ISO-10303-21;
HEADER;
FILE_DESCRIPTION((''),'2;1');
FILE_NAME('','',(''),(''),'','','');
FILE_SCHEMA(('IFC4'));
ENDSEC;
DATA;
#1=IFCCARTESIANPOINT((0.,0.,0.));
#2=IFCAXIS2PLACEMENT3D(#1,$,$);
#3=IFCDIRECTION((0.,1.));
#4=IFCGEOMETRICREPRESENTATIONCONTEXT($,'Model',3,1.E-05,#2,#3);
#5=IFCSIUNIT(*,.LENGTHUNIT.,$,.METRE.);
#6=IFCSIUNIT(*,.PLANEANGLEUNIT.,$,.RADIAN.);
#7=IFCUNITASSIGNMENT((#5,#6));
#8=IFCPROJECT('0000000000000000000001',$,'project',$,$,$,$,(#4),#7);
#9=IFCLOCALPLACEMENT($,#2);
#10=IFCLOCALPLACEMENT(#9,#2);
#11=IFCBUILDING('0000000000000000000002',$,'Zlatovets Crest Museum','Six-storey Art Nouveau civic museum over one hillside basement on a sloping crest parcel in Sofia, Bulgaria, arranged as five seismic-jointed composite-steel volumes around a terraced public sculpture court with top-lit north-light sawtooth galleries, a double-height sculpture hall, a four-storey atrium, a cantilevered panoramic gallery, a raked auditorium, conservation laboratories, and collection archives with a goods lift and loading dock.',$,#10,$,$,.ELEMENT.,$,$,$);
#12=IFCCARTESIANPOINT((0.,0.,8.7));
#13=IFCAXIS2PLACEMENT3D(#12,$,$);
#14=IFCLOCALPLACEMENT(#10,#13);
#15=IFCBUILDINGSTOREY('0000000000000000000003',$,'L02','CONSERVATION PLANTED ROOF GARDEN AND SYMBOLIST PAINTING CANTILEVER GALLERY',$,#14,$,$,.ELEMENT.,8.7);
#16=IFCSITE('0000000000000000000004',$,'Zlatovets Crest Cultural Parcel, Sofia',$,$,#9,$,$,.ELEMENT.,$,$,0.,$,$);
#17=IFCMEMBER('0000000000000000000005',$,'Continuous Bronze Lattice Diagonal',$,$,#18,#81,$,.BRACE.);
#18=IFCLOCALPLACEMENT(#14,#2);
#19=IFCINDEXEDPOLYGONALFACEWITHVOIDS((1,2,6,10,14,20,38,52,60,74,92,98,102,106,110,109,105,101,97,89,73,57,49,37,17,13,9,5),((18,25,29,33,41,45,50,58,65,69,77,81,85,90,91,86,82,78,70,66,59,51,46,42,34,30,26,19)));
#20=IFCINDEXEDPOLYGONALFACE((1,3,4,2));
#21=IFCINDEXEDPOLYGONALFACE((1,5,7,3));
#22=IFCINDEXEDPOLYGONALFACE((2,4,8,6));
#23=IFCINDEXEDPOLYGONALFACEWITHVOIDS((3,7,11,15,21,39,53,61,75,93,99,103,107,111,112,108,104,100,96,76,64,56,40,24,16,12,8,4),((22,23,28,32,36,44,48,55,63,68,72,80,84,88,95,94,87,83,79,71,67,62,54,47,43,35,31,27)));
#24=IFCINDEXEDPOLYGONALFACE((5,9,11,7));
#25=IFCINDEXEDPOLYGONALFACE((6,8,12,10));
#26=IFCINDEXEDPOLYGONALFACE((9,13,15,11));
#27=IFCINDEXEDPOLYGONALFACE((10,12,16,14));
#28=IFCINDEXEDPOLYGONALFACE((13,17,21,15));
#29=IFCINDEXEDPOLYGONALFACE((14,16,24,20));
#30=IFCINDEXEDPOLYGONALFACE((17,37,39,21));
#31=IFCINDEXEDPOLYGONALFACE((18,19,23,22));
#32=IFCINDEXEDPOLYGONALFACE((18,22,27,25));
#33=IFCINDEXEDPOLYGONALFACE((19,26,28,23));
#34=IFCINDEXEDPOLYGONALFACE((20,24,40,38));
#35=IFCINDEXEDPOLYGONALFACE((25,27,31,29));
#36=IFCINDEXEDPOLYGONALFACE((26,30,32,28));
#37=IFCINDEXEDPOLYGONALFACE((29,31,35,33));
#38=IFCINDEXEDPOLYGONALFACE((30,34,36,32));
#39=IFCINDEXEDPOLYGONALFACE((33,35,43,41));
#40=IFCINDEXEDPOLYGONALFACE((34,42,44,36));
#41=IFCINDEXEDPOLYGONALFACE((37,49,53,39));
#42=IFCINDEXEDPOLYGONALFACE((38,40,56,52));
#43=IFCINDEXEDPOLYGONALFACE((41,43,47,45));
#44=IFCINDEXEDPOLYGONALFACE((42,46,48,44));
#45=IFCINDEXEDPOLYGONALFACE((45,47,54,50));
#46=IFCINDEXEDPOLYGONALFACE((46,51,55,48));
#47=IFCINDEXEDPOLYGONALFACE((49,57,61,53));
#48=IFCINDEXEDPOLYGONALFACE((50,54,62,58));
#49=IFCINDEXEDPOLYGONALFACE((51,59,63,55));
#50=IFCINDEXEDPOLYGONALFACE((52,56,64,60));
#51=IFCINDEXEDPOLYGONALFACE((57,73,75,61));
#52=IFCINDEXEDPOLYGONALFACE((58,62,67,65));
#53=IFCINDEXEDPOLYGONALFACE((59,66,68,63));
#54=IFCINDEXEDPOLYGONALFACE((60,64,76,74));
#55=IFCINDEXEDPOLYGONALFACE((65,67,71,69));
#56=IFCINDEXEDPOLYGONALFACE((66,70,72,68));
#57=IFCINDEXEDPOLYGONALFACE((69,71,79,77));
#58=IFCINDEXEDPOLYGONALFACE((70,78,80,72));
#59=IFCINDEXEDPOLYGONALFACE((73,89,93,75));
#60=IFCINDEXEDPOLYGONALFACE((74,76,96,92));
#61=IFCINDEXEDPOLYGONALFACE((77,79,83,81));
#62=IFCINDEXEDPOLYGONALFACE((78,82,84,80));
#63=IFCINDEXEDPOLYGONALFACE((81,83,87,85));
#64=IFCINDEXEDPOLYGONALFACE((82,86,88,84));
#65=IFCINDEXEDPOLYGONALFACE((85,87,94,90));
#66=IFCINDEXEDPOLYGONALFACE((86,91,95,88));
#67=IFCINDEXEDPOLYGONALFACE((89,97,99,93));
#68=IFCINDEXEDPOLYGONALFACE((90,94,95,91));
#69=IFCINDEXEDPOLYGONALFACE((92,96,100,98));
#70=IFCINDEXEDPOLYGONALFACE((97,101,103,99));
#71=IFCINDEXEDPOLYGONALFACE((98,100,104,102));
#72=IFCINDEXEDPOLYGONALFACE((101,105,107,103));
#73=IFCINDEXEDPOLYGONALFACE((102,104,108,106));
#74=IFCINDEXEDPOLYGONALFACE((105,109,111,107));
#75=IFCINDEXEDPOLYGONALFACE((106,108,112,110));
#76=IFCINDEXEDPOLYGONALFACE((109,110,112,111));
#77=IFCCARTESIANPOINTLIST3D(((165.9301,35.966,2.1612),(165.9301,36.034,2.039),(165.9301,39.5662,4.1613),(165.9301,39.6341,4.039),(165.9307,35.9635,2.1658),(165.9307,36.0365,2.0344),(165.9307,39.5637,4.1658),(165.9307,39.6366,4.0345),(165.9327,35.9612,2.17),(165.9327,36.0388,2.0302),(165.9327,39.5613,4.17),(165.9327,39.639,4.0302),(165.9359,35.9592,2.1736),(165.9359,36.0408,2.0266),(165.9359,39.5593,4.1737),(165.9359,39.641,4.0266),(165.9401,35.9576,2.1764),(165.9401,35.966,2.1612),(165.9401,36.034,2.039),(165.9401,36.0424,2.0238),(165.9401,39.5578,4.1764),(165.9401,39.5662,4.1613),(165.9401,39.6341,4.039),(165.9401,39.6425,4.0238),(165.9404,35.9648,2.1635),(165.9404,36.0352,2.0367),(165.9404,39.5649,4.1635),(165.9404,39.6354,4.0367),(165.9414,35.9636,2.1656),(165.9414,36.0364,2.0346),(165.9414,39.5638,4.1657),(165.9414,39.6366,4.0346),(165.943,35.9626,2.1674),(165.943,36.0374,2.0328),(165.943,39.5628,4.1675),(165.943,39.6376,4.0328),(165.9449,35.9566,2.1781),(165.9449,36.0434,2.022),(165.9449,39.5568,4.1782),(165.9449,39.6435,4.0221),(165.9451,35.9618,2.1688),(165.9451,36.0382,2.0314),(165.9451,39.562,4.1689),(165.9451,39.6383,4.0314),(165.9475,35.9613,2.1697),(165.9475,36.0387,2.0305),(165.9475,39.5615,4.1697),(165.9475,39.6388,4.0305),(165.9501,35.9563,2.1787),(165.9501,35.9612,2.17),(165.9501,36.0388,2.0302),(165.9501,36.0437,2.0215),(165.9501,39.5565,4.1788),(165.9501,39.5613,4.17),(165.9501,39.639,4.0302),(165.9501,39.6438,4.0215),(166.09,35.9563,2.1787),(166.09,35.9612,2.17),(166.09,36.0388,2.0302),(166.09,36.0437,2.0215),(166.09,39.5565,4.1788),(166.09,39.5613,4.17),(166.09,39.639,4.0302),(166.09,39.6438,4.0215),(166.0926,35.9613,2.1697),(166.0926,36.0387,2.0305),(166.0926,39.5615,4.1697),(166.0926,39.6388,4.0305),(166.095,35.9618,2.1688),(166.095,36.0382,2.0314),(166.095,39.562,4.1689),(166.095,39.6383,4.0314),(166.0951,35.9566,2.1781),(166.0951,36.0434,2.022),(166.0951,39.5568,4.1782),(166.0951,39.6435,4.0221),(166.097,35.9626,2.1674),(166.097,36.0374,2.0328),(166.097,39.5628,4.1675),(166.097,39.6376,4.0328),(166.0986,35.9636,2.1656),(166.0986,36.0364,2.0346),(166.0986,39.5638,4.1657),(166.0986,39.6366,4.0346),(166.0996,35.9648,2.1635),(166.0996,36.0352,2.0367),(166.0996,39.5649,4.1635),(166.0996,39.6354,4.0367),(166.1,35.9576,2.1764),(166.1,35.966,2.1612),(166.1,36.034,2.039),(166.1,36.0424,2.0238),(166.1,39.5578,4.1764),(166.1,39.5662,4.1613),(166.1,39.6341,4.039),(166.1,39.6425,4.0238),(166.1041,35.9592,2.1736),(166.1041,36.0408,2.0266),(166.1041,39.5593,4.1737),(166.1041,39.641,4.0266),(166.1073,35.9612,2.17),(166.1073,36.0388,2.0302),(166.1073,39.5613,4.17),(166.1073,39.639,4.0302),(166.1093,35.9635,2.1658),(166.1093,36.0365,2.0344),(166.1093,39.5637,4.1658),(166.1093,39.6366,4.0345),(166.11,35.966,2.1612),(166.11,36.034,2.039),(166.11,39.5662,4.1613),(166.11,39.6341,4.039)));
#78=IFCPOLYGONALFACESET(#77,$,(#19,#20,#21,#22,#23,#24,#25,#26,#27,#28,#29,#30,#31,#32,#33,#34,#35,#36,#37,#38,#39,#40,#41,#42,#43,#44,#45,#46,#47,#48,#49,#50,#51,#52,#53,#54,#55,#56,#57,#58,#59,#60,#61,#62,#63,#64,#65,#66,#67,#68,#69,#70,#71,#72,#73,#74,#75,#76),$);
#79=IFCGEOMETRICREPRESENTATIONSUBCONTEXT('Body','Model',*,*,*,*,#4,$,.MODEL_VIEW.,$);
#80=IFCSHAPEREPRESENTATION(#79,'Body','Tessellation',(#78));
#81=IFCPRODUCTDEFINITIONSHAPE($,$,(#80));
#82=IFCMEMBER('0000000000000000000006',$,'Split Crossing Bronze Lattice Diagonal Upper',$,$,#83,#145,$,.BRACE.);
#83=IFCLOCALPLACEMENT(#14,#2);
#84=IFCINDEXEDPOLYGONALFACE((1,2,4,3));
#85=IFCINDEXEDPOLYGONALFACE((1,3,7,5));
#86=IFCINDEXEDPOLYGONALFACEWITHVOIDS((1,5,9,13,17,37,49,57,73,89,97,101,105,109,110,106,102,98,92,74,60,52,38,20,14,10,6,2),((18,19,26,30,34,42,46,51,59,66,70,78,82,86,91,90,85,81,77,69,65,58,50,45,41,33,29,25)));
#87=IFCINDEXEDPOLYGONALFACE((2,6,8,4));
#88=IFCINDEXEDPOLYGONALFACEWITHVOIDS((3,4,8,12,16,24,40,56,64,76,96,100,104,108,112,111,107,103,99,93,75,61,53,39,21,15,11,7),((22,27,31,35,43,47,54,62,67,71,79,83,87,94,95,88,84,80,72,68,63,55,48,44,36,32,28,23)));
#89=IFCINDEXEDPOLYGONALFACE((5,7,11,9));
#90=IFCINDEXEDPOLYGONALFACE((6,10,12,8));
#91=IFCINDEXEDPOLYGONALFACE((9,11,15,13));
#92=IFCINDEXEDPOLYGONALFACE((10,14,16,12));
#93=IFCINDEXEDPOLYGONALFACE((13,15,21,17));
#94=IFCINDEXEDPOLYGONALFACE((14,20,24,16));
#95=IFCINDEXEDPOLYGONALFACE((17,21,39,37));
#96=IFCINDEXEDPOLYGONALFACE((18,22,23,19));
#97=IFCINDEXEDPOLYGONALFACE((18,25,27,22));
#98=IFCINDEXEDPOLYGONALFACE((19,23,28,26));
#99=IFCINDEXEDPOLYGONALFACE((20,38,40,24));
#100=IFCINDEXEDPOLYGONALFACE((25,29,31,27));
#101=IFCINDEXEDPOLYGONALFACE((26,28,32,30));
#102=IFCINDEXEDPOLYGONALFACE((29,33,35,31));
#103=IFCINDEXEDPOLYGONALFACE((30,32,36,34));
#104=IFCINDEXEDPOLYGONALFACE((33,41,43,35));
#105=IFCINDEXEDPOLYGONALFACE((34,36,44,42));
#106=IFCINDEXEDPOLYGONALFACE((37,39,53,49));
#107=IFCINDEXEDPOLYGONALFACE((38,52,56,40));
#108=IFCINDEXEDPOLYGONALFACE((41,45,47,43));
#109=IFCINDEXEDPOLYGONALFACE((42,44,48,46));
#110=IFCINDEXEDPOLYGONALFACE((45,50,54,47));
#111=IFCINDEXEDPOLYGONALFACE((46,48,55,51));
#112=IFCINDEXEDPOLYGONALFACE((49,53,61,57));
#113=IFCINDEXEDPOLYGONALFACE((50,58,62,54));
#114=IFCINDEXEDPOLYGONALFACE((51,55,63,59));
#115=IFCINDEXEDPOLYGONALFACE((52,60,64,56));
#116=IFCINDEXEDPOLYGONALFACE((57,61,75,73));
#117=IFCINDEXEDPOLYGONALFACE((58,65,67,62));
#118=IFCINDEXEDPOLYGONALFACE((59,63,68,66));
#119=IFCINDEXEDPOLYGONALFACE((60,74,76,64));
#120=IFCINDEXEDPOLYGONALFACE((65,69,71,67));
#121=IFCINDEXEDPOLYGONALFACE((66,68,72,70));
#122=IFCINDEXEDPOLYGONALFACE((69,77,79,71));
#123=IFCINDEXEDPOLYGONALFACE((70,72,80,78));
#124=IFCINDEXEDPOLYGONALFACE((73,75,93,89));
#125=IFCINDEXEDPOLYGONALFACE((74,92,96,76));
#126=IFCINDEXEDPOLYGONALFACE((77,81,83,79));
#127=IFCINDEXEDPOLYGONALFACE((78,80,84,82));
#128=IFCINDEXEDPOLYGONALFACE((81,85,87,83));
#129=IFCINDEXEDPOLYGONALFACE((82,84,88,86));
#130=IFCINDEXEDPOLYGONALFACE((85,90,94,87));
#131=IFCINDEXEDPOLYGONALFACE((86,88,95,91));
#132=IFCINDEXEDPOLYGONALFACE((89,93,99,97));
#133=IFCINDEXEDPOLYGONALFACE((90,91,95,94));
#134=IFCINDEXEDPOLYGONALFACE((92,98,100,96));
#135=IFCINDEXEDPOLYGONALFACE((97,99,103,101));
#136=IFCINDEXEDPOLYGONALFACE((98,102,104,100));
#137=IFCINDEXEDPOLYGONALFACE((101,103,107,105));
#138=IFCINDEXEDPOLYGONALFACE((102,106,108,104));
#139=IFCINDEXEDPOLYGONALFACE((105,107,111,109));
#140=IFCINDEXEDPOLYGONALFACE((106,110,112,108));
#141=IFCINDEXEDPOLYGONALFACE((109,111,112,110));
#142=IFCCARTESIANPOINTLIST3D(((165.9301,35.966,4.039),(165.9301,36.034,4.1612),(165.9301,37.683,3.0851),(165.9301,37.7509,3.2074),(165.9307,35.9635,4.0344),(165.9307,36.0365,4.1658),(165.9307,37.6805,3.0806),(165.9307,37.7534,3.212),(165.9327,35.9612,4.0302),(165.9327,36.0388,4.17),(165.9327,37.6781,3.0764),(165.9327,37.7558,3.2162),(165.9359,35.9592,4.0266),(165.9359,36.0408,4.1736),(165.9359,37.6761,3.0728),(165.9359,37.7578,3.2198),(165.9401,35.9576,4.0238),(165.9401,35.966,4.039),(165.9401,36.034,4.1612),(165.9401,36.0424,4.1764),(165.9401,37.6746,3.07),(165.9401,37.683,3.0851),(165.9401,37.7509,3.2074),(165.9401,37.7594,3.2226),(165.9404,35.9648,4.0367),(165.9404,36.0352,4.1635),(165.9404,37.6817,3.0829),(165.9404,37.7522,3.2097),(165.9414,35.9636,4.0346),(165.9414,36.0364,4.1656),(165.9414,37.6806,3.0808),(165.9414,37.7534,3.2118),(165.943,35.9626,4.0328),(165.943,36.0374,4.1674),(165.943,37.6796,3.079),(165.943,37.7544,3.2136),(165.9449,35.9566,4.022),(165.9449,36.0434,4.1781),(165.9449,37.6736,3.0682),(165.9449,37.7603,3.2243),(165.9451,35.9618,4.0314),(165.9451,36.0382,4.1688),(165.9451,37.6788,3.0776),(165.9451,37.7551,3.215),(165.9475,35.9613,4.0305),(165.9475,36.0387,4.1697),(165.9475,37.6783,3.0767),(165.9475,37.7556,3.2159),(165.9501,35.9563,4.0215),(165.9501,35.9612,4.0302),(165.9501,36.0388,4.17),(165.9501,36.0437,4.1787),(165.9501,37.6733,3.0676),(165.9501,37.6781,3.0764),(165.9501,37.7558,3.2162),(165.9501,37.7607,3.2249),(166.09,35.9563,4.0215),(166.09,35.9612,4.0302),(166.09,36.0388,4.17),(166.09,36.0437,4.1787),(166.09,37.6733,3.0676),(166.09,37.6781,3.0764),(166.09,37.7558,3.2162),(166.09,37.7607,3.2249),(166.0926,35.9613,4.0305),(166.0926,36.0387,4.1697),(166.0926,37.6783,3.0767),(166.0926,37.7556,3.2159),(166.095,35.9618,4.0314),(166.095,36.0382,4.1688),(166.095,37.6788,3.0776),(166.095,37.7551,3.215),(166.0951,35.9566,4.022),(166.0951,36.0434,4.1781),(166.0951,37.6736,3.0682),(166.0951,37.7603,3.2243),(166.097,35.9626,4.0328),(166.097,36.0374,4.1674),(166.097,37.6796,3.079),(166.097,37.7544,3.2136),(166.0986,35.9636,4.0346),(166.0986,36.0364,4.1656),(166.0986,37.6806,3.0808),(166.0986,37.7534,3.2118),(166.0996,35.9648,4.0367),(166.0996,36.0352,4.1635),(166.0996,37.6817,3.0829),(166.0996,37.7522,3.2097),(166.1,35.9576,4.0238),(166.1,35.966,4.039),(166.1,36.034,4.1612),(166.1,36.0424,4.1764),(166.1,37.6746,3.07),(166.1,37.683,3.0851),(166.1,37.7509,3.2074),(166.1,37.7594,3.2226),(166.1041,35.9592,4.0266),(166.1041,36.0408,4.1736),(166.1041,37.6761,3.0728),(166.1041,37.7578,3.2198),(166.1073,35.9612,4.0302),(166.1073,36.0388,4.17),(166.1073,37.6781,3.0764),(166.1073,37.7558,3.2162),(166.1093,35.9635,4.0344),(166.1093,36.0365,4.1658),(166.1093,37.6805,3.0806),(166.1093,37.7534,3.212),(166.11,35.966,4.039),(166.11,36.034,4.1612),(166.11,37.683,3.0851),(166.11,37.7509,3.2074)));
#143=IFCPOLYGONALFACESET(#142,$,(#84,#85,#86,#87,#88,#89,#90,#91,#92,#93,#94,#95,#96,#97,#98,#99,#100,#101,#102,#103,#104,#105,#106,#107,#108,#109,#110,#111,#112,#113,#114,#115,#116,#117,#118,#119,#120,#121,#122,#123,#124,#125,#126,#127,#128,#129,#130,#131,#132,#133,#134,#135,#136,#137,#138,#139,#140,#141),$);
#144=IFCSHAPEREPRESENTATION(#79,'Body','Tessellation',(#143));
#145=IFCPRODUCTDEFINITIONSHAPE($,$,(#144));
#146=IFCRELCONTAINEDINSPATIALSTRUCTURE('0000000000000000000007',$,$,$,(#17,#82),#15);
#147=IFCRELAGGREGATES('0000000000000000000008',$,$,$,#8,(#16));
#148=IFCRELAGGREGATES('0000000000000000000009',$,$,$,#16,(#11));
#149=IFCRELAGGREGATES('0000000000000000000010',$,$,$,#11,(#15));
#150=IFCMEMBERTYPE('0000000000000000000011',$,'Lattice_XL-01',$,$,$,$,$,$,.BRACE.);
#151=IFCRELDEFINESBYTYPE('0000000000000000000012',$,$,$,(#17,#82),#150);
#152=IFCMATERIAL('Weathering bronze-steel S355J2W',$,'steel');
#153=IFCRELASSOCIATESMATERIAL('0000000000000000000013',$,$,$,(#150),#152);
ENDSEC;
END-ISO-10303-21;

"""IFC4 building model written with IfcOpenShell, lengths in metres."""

from ifc_helpers import new_model, si_unit, direction, frame, origin, origin_2d, place, context, subcontext, project, spatial, hollow_rectangle, extrude, material, material_profile, profile_set, type_object, element, save


model = new_model("IFC4")

# Units and contexts
model_context = context("Model", 3, precision=1e-05, world=origin(), true_north=direction((0.0, 1.0)))
body_context = subcontext(model_context, "Body", "Model", "MODEL_VIEW")
ifc_project = project(units=[si_unit("LENGTHUNIT", "METRE"), si_unit("PLANEANGLEUNIT", "RADIAN")], contexts=[model_context])

# Site, building, storey
site_placement = place(None, origin())
site = spatial("IfcSite", under=ifc_project, at=site_placement, Name="Zlatovets Crest Cultural Parcel, Sofia", CompositionType="ELEMENT", RefElevation=0.0)
building_placement = place(site_placement, origin())
building = spatial("IfcBuilding", under=site, at=building_placement, Name="Zlatovets Crest Museum", Description="Six-storey Art Nouveau civic museum over one hillside basement on a sloping crest parcel in Sofia, Bulgaria, arranged as five seismic-jointed composite-steel volumes around a terraced public sculpture court with top-lit north-light sawtooth galleries, a double-height sculpture hall, a four-storey atrium, a cantilevered panoramic gallery, a raked auditorium, conservation laboratories, and collection archives with a goods lift and loading dock.", CompositionType="ELEMENT")
storey_placement = place(building_placement, frame((0.0, 0.0, 8.7)))
storey = spatial("IfcBuildingStorey", under=building, at=storey_placement, Name="L02", Description="CONSERVATION PLANTED ROOF GARDEN AND SYMBOLIST PAINTING CANTILEVER GALLERY", CompositionType="ELEMENT", Elevation=8.7)

# Members
ifc_material_1 = material(Name="Weathering bronze-steel S355J2W", Category="steel")
ifc_material_profile_1 = material_profile(ifc_material_1, hollow_rectangle(XDim=0.1799, YDim=0.1799, WallThickness=0.01, InnerFilletRadius=0.01, OuterFilletRadius=0.02, at=origin_2d()), Name="SHS 180x180x10.0")
ifc_profile_set_1 = profile_set([ifc_material_profile_1], Name="Weathering bronze-steel S355J2W")
member_type_1 = type_object("IfcMemberType", Name="Lattice_XL-01", PredefinedType="BRACE", material=ifc_profile_set_1)
member_1_placement = place(storey_placement, frame((166.02, 36.0, 2.1001), z_axis=(0.0, 0.874163, 0.485633), x_axis=(-1.0, 0.0, 0.0)))
element("IfcMember", 1, at=member_1_placement, inside=storey, type_object=member_type_1, Name="Continuous Bronze Lattice Diagonal", PredefinedType="BRACE", context=body_context, shape_type="SweptSolid", body=[
    extrude(hollow_rectangle(XDim=0.1799, YDim=0.1799, WallThickness=0.01, InnerFilletRadius=0.01, OuterFilletRadius=0.02, at=origin_2d()), origin(), (0.0, 0.0, 1.0), 4.1184),
])
for number, where, z_axis, x_axis, name in (
    (2, (166.02, 36.0, 4.1001), (0.0, 0.874169, -0.485622), (-1.0, 0.0, 0.0), "Split Crossing Bronze Lattice Diagonal Upper"),
):
    element("IfcMember", number, at=place(storey_placement, frame(where, z_axis=z_axis, x_axis=x_axis)), inside=storey, type_object=member_type_1, Name=name, PredefinedType="BRACE", context=body_context, shape_type="SweptSolid", body=[
        extrude(hollow_rectangle(XDim=0.1799, YDim=0.1799, WallThickness=0.01, InnerFilletRadius=0.01, OuterFilletRadius=0.02, at=origin_2d()), origin(), (0.0, 0.0, 1.0), 1.9641),
    ])

save(model, "model.ifc")
